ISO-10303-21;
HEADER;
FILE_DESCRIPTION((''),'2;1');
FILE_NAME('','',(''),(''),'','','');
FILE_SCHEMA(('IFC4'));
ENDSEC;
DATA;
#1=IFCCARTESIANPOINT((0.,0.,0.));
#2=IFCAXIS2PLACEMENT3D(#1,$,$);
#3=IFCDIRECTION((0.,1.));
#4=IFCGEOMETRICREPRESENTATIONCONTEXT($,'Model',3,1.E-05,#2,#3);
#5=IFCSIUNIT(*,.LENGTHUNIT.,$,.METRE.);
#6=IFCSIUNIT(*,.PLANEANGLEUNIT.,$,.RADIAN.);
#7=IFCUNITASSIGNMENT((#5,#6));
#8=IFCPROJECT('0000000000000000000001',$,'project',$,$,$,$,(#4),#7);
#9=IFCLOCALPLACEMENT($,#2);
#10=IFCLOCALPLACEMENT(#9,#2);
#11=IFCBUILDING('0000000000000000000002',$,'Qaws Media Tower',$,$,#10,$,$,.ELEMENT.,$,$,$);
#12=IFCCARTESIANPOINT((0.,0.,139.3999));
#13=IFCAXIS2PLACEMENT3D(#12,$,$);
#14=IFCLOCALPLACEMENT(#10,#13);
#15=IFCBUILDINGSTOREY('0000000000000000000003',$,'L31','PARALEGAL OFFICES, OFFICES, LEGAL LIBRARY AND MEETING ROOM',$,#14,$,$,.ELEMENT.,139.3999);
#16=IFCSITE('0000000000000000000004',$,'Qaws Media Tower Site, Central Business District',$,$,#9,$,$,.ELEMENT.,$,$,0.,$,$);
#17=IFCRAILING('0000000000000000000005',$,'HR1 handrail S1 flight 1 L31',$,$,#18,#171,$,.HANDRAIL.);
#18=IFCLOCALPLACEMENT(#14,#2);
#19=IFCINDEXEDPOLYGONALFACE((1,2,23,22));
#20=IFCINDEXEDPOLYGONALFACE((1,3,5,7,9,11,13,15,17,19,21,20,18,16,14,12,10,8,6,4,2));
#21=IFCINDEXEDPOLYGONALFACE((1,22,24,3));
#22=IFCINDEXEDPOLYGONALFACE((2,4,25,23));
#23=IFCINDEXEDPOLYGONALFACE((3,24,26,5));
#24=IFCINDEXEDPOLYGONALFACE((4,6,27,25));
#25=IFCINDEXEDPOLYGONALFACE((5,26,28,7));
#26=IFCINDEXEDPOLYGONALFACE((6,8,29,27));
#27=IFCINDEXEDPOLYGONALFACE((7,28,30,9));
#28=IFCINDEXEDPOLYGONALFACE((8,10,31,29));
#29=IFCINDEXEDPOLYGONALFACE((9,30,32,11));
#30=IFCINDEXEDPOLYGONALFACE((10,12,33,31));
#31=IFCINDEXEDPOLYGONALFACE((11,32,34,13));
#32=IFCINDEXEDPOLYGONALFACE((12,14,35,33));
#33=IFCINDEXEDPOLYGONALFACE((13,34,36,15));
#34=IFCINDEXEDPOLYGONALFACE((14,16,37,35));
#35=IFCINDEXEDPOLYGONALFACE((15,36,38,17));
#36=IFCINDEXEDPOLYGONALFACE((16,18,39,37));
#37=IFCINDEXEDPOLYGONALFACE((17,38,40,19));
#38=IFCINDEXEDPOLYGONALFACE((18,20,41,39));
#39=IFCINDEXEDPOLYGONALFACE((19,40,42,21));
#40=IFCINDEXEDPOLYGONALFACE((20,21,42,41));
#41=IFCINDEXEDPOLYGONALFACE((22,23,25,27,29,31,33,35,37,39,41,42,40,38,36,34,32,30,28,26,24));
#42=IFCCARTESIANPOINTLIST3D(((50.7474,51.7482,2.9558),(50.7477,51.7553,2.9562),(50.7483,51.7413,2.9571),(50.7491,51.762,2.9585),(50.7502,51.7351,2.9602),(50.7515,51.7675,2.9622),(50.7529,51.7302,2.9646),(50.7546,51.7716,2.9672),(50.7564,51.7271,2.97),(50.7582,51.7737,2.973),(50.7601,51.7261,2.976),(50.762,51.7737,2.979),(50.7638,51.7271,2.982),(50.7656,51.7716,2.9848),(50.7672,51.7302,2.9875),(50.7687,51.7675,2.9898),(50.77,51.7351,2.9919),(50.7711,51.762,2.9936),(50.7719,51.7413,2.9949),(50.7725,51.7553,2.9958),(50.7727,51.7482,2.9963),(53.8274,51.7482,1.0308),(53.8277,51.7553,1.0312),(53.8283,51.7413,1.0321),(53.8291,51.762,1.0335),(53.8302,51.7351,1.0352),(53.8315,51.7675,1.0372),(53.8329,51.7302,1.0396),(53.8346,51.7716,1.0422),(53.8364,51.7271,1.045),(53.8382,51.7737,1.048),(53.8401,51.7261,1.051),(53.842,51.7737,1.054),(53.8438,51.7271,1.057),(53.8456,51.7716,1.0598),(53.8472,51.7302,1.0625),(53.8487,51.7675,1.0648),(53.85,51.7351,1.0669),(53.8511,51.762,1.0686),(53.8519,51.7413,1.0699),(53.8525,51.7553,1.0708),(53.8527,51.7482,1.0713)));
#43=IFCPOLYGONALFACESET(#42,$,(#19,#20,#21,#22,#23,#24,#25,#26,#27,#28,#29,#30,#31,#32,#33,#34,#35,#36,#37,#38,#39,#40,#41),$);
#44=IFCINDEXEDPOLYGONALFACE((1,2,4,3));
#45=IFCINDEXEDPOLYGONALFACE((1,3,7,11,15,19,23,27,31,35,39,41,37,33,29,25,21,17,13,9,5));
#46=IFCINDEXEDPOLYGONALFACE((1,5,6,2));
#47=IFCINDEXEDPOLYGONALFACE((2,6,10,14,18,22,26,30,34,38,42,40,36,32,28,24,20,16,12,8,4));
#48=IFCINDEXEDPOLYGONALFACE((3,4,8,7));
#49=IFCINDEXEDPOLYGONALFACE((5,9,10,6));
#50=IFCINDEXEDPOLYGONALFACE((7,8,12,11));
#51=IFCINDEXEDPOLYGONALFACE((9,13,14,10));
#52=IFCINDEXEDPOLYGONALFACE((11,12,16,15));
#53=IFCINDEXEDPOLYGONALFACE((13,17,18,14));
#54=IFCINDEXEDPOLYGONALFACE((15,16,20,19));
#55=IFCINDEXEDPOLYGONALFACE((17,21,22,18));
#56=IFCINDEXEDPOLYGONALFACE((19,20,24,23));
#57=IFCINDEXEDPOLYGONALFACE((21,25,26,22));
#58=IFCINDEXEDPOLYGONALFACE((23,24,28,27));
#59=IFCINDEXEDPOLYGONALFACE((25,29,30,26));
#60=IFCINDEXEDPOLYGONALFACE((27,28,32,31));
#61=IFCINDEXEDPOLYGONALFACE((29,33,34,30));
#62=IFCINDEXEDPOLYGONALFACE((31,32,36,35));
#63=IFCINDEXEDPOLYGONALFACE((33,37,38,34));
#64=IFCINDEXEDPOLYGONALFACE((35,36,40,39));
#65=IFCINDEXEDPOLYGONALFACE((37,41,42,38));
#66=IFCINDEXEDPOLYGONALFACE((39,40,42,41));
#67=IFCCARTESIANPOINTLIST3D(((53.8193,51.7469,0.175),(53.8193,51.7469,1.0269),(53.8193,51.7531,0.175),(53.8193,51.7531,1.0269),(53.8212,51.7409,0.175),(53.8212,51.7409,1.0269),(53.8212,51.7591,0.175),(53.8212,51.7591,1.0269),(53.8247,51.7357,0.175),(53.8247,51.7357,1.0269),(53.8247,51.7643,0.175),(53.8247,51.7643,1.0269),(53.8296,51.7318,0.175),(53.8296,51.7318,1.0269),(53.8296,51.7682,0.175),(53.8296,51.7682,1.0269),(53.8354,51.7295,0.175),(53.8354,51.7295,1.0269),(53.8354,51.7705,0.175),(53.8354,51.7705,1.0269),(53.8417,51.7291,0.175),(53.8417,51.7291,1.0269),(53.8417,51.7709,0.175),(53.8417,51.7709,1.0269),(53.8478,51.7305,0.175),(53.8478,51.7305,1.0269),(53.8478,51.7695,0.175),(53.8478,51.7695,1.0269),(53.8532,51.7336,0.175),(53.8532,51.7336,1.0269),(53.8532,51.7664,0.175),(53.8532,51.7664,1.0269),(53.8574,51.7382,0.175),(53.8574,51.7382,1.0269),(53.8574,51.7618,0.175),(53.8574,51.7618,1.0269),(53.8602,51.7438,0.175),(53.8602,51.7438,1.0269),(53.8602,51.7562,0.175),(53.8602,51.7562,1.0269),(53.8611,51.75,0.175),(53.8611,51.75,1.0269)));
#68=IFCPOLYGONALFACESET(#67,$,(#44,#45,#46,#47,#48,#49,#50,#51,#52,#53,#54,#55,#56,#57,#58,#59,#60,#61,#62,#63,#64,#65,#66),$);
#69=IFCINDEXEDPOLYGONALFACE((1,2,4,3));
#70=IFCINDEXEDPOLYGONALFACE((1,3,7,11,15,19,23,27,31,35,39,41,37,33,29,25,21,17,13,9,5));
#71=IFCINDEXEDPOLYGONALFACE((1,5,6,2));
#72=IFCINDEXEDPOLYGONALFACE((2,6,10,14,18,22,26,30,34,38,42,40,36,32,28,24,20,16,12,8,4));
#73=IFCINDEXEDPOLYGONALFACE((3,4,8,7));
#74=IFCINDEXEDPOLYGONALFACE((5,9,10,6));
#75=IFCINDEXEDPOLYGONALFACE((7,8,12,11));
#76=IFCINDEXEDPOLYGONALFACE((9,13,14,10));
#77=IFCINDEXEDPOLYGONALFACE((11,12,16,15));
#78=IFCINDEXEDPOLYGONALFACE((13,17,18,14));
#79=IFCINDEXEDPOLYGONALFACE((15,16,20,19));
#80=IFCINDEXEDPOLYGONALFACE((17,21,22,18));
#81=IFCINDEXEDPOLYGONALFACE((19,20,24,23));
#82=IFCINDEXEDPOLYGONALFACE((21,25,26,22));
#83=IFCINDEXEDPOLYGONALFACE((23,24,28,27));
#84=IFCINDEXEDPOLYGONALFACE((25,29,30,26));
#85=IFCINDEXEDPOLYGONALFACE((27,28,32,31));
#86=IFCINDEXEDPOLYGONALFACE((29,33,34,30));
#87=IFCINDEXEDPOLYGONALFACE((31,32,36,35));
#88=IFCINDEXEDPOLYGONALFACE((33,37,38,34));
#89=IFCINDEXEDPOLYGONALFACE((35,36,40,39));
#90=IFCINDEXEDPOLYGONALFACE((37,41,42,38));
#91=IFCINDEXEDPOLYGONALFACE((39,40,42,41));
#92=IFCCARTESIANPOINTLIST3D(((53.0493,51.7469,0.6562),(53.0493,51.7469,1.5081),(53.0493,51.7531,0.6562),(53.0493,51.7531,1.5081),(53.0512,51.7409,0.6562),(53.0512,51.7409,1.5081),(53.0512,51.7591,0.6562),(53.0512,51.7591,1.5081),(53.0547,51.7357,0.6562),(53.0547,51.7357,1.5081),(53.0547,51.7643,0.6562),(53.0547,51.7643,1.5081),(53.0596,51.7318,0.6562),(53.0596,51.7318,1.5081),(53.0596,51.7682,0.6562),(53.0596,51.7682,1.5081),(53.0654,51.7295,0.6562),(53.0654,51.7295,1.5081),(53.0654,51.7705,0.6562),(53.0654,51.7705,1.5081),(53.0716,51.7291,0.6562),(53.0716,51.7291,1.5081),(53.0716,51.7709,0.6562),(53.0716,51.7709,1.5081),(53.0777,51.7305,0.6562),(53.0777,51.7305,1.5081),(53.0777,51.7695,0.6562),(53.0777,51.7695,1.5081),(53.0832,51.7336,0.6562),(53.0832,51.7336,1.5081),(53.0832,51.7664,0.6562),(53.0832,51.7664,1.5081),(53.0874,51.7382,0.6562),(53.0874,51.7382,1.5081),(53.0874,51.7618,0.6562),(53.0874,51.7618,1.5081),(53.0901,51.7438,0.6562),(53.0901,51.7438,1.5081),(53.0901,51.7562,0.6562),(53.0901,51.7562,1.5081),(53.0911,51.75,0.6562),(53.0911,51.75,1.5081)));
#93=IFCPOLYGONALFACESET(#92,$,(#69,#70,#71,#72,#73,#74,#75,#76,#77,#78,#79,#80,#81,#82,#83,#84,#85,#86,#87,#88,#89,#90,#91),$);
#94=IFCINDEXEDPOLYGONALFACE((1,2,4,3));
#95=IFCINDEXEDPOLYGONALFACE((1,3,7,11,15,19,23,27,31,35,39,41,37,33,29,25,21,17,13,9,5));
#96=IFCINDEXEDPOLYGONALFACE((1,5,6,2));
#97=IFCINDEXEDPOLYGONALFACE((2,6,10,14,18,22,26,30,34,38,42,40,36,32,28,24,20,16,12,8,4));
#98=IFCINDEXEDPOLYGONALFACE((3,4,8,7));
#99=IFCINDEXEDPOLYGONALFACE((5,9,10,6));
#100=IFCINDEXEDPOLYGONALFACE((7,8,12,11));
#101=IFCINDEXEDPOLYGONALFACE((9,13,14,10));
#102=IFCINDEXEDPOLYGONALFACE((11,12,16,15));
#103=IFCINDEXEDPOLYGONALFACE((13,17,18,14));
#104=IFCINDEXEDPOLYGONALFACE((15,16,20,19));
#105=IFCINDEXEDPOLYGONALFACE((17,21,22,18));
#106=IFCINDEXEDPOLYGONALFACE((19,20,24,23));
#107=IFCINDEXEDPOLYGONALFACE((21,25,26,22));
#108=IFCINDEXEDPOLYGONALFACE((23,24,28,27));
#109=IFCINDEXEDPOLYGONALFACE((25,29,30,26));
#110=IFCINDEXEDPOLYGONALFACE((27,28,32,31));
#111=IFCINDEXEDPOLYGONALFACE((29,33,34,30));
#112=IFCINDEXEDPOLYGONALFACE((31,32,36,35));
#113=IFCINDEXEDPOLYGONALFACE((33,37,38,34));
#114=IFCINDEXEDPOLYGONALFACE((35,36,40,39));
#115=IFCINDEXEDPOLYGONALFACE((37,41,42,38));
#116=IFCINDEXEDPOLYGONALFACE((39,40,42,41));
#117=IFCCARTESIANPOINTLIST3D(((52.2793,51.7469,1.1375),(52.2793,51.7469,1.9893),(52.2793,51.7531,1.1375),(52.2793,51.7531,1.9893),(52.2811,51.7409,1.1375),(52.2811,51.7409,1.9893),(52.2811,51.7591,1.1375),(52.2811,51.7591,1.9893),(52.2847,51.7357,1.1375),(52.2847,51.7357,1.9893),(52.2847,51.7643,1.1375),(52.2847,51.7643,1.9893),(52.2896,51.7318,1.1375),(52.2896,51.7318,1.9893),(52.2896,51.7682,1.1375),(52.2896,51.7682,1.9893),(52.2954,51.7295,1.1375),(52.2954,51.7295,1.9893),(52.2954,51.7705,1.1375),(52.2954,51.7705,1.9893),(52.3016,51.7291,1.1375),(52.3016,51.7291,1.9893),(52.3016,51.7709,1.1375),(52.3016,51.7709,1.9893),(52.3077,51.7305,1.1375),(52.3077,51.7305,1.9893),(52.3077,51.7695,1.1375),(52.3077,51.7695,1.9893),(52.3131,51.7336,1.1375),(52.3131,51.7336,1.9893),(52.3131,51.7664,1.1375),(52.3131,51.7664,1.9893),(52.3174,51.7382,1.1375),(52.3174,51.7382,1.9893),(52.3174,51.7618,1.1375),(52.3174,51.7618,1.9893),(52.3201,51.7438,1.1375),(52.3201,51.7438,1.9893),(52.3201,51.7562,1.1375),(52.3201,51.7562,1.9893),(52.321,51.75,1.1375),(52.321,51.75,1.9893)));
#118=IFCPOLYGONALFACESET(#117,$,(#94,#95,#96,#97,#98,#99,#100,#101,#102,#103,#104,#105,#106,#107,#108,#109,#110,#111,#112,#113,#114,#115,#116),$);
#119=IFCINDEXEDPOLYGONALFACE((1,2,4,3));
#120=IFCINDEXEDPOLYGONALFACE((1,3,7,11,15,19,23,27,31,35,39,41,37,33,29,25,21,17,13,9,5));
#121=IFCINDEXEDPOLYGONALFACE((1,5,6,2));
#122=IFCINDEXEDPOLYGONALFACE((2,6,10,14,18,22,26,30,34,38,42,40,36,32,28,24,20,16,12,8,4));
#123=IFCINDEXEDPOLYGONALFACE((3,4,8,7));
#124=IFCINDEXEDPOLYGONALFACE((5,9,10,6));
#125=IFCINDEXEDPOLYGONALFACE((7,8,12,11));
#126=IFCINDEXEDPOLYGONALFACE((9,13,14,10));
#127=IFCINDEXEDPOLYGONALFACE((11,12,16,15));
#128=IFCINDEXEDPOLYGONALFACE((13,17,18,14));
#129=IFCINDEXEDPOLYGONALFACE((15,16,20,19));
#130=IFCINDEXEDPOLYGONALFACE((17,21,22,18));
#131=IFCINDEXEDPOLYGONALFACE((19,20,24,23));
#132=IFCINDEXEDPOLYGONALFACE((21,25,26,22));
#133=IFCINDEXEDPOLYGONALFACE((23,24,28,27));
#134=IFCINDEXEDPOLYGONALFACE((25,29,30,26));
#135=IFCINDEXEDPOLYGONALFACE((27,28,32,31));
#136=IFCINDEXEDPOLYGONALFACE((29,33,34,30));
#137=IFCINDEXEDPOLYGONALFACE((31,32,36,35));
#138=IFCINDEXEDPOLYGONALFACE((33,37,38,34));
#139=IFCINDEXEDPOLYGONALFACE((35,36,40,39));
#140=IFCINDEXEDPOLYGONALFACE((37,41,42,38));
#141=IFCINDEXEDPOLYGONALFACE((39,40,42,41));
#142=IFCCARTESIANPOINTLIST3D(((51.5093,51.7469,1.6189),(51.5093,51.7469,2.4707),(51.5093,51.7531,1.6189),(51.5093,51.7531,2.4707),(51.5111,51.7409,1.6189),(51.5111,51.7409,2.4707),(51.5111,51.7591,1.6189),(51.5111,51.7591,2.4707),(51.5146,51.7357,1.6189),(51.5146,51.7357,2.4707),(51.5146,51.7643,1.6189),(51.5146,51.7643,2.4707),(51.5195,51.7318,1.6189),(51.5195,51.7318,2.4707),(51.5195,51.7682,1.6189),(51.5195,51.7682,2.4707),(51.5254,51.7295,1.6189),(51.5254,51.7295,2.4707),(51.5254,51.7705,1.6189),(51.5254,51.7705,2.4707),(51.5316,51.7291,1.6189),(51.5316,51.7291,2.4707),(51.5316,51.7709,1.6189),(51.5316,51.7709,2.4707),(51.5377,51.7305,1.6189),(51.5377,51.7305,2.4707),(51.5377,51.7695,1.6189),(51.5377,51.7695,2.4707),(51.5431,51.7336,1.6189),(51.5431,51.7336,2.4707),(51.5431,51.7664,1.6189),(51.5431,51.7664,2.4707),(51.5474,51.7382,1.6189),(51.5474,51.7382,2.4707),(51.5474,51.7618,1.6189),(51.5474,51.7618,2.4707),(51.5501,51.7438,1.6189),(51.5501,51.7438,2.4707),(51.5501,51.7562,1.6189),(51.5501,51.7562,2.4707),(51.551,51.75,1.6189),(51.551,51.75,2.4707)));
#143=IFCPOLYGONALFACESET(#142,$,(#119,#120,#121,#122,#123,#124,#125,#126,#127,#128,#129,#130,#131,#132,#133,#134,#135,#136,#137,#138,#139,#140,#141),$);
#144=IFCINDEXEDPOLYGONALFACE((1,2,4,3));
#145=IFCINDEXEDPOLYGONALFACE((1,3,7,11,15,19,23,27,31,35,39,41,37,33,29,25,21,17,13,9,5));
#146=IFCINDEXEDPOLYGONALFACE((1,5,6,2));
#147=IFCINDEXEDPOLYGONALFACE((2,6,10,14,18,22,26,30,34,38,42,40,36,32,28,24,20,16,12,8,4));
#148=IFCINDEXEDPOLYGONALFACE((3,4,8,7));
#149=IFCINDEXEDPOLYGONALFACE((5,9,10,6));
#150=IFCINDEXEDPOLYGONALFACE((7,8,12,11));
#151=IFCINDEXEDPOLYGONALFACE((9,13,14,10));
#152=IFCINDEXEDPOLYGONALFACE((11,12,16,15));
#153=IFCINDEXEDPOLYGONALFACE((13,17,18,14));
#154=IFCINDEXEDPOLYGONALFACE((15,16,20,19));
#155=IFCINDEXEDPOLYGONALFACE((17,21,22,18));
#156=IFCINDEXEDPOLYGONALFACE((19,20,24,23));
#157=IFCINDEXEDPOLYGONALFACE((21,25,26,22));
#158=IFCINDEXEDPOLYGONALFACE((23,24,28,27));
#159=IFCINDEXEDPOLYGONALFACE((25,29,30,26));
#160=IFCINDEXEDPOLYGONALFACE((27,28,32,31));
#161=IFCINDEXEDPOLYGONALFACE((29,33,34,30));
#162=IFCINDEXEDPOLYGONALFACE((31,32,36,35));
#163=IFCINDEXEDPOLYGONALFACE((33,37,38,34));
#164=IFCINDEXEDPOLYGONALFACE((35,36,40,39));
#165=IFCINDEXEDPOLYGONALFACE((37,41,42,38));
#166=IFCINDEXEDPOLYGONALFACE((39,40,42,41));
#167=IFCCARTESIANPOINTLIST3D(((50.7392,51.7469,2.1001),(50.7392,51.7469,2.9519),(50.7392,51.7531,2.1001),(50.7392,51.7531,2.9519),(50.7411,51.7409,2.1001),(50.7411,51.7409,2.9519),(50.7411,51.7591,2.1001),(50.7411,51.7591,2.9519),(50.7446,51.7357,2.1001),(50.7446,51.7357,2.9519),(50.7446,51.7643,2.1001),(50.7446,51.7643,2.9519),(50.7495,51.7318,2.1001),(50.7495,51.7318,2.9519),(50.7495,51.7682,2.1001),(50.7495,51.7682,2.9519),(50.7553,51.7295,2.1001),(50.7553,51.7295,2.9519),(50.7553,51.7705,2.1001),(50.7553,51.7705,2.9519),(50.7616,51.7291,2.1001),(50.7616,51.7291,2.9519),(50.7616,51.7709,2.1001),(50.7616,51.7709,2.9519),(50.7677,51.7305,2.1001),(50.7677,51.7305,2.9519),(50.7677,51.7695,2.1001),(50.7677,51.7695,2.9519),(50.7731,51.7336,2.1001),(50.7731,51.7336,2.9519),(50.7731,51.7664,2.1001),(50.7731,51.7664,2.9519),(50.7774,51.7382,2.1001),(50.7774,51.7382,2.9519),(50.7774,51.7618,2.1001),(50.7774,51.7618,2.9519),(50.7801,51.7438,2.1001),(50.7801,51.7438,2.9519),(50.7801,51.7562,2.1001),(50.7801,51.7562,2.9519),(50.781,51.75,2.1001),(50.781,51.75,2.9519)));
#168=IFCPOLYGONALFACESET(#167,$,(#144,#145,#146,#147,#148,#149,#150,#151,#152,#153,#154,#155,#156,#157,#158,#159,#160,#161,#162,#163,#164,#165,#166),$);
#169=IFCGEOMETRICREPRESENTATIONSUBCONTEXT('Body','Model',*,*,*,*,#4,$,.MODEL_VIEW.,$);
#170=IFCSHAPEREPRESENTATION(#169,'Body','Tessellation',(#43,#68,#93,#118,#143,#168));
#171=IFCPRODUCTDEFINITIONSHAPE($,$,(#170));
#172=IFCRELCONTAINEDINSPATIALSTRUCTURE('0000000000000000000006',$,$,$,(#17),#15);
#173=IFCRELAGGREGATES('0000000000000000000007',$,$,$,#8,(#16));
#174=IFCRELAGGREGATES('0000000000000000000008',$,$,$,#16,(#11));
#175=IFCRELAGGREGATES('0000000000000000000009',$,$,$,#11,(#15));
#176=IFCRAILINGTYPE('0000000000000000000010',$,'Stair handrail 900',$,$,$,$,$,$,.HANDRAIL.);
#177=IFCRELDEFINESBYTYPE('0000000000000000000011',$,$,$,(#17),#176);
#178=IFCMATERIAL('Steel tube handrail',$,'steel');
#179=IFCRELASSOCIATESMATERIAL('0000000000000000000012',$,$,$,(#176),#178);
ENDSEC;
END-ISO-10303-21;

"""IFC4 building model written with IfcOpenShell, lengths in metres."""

from ifc_helpers import new_model, si_unit, direction, frame, origin, origin_2d, place, context, subcontext, project, spatial, circle, extrude, material, type_object, element, save


model = new_model("IFC4")

# Units and contexts
model_context = context("Model", 3, precision=1e-05, world=origin(), true_north=direction((0.0, 1.0)))
body_context = subcontext(model_context, "Body", "Model", "MODEL_VIEW")
ifc_project = project(units=[si_unit("LENGTHUNIT", "METRE"), si_unit("PLANEANGLEUNIT", "RADIAN")], contexts=[model_context])

# Site, building, storey
site_placement = place(None, origin())
site = spatial("IfcSite", under=ifc_project, at=site_placement, Name="Qaws Media Tower Site, Central Business District", CompositionType="ELEMENT", RefElevation=0.0)
building_placement = place(site_placement, origin())
building = spatial("IfcBuilding", under=site, at=building_placement, Name="Qaws Media Tower", CompositionType="ELEMENT")
storey_placement = place(building_placement, frame((0.0, 0.0, 139.3999)))
storey = spatial("IfcBuildingStorey", under=building, at=storey_placement, Name="L31", Description="PARALEGAL OFFICES, OFFICES, LEGAL LIBRARY AND MEETING ROOM", CompositionType="ELEMENT", Elevation=139.3999)

# Railing
ifc_material_1 = material(Name="Steel tube handrail", Category="steel")
railing_type = type_object("IfcRailingType", Name="Stair handrail 900", PredefinedType="HANDRAIL", material=ifc_material_1)
for number, where, name in (
    (1, (53.8401, 51.75, 0.175), "HR1 handrail S1 flight 1 L31"),
):
    element("IfcRailing", number, at=place(storey_placement, frame(where)), inside=storey, type_object=railing_type, Name=name, PredefinedType="HANDRAIL", context=body_context, shape_type="SweptSolid", body=[
        extrude(circle(Radius=0.0239, at=origin_2d()), frame((0.0, 0.0, 0.876), z_axis=(-0.847998, 0.0, 0.529999), x_axis=(0.0, -1.0, 0.0)), (0.0, 0.0, 1.0), 3.6321),
        extrude(circle(Radius=0.021, at=origin_2d()), origin(), (0.0, 0.0, 1.0), 0.8518),
        extrude(circle(Radius=0.021, at=origin_2d()), frame((-0.77, 0.0, 0.4812)), (0.0, 0.0, 1.0), 0.8518),
        extrude(circle(Radius=0.021, at=origin_2d()), frame((-1.54, 0.0, 0.9624)), (0.0, 0.0, 1.0), 0.8518),
        extrude(circle(Radius=0.021, at=origin_2d()), frame((-2.3101, 0.0, 1.4438)), (0.0, 0.0, 1.0), 0.8518),
        extrude(circle(Radius=0.021, at=origin_2d()), frame((-3.0801, 0.0, 1.925)), (0.0, 0.0, 1.0), 0.8518),
    ])

save(model, "model.ifc")
